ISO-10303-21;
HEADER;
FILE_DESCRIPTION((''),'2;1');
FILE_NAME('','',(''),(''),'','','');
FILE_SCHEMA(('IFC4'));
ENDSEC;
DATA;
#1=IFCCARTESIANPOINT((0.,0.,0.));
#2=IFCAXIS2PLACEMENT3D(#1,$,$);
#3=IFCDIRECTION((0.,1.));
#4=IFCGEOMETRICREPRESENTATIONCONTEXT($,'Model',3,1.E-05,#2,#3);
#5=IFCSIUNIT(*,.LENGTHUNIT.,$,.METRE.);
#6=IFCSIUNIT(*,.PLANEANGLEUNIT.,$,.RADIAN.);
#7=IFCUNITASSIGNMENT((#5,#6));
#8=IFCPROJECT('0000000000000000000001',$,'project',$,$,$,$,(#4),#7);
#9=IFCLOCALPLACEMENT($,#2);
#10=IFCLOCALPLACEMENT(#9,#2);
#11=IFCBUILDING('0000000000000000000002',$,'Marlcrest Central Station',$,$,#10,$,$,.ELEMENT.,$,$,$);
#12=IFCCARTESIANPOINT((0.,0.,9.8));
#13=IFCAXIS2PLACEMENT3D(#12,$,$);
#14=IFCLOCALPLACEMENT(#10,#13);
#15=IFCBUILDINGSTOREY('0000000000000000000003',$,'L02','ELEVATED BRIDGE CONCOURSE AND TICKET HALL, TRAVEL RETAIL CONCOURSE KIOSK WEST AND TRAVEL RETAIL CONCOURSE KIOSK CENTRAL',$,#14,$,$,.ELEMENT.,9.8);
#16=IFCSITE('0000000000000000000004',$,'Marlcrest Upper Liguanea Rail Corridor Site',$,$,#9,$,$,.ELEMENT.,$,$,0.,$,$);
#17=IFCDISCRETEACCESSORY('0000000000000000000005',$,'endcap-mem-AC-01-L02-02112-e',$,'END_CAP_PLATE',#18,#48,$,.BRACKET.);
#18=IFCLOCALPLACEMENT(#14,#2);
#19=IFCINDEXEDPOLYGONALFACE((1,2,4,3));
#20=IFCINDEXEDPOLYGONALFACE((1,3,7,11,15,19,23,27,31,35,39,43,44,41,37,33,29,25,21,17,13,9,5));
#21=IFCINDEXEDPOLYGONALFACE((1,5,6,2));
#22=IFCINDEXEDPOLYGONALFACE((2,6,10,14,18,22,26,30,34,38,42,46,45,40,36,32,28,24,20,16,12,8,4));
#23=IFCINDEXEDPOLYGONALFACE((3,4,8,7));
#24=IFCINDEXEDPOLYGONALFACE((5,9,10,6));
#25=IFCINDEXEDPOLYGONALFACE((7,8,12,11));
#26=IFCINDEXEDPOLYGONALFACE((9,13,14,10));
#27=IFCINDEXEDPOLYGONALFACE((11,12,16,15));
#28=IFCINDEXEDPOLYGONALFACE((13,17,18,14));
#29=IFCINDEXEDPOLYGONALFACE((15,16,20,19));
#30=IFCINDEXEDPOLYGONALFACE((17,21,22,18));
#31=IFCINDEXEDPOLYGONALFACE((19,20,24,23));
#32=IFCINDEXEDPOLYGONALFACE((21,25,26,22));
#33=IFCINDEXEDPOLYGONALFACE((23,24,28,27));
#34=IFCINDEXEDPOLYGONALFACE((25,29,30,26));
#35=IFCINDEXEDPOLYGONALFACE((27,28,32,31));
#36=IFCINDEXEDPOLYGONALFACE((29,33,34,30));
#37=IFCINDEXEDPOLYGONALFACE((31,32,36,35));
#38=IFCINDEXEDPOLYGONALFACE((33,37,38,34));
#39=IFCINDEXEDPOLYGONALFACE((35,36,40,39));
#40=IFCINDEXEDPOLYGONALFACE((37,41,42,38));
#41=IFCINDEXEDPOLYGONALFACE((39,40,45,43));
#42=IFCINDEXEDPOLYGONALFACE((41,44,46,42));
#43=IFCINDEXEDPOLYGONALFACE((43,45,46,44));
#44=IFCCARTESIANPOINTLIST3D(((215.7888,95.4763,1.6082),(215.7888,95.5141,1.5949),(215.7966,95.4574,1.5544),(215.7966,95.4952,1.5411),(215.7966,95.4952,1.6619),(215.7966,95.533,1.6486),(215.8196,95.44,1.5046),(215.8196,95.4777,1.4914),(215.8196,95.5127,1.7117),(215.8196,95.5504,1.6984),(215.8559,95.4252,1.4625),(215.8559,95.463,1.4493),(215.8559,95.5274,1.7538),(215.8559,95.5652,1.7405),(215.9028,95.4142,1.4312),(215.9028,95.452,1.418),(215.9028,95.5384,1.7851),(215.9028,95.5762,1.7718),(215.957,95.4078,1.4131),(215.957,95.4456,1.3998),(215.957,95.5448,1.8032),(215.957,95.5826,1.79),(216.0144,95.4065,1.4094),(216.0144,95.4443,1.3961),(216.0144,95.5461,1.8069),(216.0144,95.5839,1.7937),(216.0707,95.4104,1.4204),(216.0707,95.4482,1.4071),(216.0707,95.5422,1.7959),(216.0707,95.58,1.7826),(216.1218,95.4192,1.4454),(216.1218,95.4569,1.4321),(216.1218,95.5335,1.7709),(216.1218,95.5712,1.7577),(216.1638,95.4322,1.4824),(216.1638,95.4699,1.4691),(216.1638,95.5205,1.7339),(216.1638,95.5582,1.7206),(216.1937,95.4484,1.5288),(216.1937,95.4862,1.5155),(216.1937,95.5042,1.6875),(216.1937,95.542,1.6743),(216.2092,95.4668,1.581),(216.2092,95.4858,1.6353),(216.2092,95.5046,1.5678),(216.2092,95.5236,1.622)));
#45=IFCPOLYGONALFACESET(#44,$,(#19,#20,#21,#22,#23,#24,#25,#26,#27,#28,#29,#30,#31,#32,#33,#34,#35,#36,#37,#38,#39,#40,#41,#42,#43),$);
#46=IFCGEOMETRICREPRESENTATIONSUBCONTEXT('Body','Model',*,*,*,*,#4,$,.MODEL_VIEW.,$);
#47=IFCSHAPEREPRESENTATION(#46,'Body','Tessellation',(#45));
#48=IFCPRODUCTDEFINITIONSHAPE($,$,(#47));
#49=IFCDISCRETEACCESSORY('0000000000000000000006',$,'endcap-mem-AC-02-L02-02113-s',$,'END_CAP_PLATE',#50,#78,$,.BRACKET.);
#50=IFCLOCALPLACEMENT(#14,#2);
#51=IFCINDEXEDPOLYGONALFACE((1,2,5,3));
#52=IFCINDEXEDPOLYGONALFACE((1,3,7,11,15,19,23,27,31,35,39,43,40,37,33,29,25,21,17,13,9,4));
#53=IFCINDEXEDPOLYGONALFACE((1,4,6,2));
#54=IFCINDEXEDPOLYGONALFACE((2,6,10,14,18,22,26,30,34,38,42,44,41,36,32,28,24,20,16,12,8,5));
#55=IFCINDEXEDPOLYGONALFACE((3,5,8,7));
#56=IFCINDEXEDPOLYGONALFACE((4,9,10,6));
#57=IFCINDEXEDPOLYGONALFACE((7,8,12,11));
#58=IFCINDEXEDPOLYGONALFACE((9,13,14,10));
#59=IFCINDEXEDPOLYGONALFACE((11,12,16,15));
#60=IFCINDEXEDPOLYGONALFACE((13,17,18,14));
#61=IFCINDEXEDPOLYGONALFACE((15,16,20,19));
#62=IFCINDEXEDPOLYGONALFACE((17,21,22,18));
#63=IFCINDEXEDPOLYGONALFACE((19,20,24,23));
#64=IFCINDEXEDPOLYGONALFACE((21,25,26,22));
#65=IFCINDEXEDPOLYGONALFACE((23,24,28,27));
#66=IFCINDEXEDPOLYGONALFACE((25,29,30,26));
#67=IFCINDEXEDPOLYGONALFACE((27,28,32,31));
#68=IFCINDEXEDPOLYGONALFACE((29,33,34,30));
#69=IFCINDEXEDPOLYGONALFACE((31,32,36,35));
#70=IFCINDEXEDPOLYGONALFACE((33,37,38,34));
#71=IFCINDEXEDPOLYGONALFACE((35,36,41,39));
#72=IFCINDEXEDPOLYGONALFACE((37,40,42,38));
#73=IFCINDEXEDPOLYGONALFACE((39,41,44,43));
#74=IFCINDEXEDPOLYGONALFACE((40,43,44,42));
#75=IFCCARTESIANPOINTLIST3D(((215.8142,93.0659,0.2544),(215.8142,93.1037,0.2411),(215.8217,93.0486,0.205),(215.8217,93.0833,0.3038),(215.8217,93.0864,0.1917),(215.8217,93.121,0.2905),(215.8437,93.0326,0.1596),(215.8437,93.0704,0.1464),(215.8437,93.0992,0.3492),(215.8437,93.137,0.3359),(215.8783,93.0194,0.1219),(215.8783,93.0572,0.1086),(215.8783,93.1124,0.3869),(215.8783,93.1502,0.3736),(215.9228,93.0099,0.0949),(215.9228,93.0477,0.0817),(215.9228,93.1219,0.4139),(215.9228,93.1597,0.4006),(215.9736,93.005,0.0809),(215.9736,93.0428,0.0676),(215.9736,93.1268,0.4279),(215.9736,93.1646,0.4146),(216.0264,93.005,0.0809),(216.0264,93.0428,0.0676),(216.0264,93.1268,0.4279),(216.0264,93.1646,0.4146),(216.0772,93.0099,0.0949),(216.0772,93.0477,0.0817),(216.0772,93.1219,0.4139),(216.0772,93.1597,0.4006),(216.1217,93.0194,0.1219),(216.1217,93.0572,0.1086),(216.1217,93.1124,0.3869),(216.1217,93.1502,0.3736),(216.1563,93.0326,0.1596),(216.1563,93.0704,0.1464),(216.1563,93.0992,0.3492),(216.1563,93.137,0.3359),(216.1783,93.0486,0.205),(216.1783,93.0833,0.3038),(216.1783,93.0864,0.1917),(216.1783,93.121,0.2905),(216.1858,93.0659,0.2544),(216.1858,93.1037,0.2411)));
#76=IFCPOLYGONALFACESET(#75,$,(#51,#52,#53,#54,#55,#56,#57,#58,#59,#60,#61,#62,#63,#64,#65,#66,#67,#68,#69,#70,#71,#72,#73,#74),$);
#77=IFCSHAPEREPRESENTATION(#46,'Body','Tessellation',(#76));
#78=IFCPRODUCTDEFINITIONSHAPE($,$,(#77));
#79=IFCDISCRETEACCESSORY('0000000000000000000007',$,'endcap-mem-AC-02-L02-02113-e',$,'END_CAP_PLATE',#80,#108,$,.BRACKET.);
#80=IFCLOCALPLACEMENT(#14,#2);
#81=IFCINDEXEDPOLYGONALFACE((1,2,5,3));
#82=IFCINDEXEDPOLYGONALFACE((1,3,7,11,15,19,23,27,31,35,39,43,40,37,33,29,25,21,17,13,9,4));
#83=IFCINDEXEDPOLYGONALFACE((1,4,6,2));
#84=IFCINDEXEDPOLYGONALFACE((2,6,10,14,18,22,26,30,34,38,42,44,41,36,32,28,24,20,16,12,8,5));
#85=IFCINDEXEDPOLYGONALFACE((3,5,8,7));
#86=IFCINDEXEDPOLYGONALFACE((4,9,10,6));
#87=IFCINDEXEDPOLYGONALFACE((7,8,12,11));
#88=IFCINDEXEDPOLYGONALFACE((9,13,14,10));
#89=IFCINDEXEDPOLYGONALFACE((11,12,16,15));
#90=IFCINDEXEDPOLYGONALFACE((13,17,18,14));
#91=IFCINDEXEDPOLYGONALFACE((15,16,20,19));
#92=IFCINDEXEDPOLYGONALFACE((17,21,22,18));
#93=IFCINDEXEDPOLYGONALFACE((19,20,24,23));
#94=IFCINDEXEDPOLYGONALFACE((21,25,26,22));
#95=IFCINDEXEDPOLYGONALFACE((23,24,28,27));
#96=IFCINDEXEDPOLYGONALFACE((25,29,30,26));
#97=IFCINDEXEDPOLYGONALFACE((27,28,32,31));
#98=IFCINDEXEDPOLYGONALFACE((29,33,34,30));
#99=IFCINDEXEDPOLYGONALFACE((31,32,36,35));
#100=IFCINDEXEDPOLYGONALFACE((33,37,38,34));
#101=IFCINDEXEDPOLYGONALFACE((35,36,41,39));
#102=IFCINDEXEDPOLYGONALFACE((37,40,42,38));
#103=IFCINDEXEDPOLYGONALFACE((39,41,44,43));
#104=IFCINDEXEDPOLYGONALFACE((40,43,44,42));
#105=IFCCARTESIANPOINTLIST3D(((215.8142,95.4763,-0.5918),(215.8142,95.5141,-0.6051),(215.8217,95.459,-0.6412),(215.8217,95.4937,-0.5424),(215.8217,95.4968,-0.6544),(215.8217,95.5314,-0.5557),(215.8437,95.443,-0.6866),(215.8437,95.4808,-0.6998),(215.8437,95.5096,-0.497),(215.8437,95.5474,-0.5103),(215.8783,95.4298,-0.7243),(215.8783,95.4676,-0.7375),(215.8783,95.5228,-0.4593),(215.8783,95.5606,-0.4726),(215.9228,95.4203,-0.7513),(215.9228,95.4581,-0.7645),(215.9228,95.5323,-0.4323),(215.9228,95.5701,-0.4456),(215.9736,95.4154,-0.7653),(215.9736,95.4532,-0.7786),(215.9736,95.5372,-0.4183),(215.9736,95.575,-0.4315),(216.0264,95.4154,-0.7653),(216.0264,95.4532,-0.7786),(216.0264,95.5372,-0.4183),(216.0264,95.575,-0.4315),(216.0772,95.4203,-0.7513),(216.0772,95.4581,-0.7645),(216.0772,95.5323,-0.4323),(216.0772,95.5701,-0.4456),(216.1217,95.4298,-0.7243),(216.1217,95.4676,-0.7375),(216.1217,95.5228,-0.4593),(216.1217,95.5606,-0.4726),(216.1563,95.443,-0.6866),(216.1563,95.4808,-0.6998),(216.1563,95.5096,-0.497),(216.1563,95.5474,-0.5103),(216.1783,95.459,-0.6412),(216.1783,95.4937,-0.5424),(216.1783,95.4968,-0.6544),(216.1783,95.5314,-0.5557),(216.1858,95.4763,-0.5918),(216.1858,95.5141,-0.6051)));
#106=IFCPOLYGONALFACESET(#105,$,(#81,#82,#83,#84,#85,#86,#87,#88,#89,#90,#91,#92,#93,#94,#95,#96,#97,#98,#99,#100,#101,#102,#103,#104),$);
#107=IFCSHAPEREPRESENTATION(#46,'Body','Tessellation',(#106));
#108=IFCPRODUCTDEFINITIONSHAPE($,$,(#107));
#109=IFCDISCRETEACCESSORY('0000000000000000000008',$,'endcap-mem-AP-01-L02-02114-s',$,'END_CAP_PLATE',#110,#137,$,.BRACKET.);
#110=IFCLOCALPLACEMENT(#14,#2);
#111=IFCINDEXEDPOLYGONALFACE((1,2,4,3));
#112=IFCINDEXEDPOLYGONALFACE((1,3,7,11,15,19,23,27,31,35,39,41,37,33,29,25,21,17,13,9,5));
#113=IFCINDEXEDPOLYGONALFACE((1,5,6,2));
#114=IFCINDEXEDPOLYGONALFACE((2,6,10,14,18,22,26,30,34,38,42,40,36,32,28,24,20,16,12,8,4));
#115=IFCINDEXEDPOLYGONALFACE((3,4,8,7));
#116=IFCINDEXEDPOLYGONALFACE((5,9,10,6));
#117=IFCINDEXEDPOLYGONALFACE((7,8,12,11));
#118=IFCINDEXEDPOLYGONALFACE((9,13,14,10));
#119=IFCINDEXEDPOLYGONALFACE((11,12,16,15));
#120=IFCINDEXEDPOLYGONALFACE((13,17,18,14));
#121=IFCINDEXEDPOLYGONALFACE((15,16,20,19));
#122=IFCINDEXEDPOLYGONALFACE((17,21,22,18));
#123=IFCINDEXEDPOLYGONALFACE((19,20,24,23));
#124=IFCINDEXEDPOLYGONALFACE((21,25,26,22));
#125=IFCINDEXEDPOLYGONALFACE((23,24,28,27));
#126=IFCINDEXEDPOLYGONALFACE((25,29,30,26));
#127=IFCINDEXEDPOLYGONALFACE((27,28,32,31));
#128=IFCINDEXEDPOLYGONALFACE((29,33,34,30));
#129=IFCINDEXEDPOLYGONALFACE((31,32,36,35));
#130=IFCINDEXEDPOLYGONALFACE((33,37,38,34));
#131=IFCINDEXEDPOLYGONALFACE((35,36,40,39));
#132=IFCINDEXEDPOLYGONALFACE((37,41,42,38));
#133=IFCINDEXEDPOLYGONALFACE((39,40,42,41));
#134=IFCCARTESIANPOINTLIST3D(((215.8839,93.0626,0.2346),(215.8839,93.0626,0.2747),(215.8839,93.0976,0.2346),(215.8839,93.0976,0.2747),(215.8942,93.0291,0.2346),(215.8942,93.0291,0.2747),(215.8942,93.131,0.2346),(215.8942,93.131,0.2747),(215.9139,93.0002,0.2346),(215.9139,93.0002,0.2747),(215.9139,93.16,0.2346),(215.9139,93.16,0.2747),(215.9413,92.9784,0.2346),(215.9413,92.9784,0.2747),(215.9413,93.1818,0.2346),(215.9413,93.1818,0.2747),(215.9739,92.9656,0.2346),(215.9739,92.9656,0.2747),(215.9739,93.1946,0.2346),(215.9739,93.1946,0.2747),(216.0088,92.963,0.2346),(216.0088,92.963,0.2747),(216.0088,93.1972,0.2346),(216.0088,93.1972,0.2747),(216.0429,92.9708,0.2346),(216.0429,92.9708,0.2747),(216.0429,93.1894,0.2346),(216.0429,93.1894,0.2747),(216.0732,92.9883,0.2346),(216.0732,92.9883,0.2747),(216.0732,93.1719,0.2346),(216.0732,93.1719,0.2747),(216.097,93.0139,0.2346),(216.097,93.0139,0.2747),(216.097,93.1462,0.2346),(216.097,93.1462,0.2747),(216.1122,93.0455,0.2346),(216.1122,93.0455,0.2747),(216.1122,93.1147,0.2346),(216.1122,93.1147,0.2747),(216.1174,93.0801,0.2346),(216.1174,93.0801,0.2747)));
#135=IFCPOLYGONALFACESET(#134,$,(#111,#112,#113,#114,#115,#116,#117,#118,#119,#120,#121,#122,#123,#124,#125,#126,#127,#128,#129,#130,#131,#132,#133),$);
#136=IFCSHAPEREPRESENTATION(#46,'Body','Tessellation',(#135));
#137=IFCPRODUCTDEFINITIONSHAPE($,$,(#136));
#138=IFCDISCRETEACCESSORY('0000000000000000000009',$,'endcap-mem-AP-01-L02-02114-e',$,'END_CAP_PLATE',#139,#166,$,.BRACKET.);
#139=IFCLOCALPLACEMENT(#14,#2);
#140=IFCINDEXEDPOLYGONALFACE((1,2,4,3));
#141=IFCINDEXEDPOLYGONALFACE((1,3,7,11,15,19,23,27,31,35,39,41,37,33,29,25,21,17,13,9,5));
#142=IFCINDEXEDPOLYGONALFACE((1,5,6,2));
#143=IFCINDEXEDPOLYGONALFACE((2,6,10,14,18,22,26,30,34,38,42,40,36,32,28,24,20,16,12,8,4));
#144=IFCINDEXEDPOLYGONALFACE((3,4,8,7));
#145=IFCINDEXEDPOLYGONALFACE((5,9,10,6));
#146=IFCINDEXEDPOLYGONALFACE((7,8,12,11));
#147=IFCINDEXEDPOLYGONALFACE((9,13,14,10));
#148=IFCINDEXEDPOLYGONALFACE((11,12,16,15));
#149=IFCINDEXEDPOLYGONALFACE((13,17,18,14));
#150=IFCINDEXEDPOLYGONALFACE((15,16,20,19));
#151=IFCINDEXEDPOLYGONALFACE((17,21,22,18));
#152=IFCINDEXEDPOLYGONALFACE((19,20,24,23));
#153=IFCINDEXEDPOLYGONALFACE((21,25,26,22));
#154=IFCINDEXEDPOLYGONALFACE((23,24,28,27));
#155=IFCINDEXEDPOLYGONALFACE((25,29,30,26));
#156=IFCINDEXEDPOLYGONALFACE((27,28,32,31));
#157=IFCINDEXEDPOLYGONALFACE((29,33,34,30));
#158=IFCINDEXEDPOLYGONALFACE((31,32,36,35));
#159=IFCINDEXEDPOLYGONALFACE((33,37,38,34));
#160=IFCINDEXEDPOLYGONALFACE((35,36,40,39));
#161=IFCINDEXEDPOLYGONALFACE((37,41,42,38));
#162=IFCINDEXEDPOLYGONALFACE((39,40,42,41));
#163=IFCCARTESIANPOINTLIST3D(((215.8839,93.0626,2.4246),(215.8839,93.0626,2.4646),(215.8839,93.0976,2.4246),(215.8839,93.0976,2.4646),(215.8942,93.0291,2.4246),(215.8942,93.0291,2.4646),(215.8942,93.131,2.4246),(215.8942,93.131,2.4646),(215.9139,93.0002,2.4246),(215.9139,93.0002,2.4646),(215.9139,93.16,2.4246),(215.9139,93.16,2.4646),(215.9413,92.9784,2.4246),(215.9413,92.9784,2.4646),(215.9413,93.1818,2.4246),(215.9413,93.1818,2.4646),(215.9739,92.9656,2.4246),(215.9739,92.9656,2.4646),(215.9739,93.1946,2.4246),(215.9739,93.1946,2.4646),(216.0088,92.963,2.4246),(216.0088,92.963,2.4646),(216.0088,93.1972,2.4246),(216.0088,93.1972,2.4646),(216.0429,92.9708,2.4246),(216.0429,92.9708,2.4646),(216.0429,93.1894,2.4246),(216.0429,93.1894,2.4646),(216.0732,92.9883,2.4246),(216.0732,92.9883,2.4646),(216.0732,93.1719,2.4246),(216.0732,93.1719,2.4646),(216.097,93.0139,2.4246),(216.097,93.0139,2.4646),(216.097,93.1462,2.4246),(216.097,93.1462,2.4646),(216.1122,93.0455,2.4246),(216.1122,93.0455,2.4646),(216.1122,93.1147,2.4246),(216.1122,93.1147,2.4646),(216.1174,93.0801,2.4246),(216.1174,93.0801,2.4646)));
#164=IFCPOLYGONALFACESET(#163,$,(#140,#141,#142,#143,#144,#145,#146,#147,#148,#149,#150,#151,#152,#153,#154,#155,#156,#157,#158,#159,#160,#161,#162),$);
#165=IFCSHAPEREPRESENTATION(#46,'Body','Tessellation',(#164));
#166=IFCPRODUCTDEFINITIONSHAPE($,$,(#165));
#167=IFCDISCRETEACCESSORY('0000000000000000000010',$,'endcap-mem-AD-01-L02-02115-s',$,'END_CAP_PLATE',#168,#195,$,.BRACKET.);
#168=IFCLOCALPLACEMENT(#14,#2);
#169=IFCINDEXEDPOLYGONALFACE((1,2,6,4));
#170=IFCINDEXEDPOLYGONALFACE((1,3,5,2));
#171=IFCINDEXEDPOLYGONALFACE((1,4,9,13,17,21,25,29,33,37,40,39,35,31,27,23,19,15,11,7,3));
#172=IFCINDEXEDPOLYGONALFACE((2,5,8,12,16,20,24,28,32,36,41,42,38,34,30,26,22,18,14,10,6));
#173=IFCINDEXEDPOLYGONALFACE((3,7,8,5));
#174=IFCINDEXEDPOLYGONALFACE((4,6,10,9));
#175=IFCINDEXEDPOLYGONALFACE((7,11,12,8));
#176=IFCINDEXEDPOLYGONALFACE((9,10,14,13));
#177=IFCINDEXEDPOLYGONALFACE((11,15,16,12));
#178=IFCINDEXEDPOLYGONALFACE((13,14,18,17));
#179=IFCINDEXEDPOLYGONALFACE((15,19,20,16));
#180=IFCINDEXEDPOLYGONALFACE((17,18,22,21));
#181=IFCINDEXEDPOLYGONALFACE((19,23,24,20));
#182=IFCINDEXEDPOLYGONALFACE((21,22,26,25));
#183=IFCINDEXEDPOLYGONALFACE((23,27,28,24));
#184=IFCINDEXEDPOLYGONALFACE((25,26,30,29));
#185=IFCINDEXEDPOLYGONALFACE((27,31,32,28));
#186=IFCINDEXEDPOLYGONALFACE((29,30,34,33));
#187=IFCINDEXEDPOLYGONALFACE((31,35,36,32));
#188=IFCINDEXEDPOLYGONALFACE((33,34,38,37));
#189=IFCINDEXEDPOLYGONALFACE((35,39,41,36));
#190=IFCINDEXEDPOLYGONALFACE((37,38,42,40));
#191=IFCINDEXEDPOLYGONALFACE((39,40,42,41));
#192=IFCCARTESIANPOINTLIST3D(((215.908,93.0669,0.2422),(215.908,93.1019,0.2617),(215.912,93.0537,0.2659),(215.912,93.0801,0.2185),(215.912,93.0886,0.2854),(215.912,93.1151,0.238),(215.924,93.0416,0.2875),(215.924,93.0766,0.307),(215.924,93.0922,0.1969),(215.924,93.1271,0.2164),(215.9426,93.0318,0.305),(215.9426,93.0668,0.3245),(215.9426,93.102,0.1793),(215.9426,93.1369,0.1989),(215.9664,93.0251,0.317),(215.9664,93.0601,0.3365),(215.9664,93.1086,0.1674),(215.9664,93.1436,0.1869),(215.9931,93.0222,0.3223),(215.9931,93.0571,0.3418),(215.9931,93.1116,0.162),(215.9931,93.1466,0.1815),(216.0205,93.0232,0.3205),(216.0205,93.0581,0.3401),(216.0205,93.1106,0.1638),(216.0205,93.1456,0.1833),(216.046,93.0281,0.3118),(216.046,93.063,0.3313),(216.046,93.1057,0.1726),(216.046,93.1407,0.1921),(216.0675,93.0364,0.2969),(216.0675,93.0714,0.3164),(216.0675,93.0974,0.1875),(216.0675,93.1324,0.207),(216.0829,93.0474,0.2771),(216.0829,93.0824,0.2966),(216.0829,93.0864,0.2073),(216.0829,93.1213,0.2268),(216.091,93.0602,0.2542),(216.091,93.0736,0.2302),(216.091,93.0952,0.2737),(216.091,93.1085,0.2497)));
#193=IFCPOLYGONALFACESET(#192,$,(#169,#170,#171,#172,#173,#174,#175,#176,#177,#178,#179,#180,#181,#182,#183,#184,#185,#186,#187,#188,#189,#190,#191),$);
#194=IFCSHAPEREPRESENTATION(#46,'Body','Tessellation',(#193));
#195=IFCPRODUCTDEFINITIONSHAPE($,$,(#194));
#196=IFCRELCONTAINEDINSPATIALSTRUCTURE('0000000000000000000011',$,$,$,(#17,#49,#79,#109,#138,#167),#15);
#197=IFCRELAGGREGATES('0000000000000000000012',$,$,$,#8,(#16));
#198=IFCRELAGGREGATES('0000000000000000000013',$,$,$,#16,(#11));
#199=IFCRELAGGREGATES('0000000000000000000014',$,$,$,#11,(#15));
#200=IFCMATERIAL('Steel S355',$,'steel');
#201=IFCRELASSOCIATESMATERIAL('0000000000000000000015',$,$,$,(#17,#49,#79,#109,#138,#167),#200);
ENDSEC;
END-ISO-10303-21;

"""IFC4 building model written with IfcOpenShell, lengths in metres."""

from ifc_helpers import new_model, si_unit, direction, frame, origin, origin_2d, place, context, subcontext, project, spatial, circle, extrude, material, element, save


model = new_model("IFC4")

# Units and contexts
model_context = context("Model", 3, precision=1e-05, world=origin(), true_north=direction((0.0, 1.0)))
body_context = subcontext(model_context, "Body", "Model", "MODEL_VIEW")
ifc_project = project(units=[si_unit("LENGTHUNIT", "METRE"), si_unit("PLANEANGLEUNIT", "RADIAN")], contexts=[model_context])

# Site, building, storey
site_placement = place(None, origin())
site = spatial("IfcSite", under=ifc_project, at=site_placement, Name="Marlcrest Upper Liguanea Rail Corridor Site", CompositionType="ELEMENT", RefElevation=0.0)
building_placement = place(site_placement, origin())
building = spatial("IfcBuilding", under=site, at=building_placement, Name="Marlcrest Central Station", CompositionType="ELEMENT")
storey_placement = place(building_placement, frame((0.0, 0.0, 9.8)))
storey = spatial("IfcBuildingStorey", under=building, at=storey_placement, Name="L02", Description="ELEVATED BRIDGE CONCOURSE AND TICKET HALL, TRAVEL RETAIL CONCOURSE KIOSK WEST AND TRAVEL RETAIL CONCOURSE KIOSK CENTRAL", CompositionType="ELEMENT", Elevation=9.8)

# Shared definitions
ifc_material = material(Name="Steel S355", Category="steel")

# Discrete accessories
for number, where, z_axis, x_axis, name in (
    (1, (216.0, 95.4763, 1.6082), (0.0, 0.943537, -0.331266), (-1.0, 0.0, 0.0), "endcap-mem-AC-01-L02-02112-e"),
):
    element("IfcDiscreteAccessory", number, at=place(storey_placement, frame(where, z_axis=z_axis, x_axis=x_axis)), inside=storey, material=ifc_material, Name=name, ObjectType="END_CAP_PLATE", PredefinedType="BRACKET", context=body_context, shape_type="SweptSolid", body=[
        extrude(circle(Radius=0.2112, at=origin_2d()), origin(), (0.0, 0.0, 1.0), 0.04),
    ])
for number, where, z_axis, x_axis, name in (
    (2, (216.0, 93.0659, 0.2544), (0.0, 0.943537, -0.331266), (-1.0, 0.0, 0.0), "endcap-mem-AC-02-L02-02113-s"),
    (3, (216.0, 95.4763, -0.5918), (0.0, 0.943537, -0.331266), (-1.0, 0.0, 0.0), "endcap-mem-AC-02-L02-02113-e"),
):
    element("IfcDiscreteAccessory", number, at=place(storey_placement, frame(where, z_axis=z_axis, x_axis=x_axis)), inside=storey, material=ifc_material, Name=name, ObjectType="END_CAP_PLATE", PredefinedType="BRACKET", context=body_context, shape_type="SweptSolid", body=[
        extrude(circle(Radius=0.1858, at=origin_2d()), origin(), (0.0, 0.0, 1.0), 0.04),
    ])
for number, where, z_axis, x_axis, name in (
    (4, (216.0, 93.0801, 0.2346), (0.0, 0.0, 1.0), (1.0, 0.0, 0.0), "endcap-mem-AP-01-L02-02114-s"),
    (5, (216.0, 93.0801, 2.4246), (0.0, 0.0, 1.0), (1.0, 0.0, 0.0), "endcap-mem-AP-01-L02-02114-e"),
):
    element("IfcDiscreteAccessory", number, at=place(storey_placement, frame(where, z_axis=z_axis, x_axis=x_axis)), inside=storey, material=ifc_material, Name=name, ObjectType="END_CAP_PLATE", PredefinedType="BRACKET", context=body_context, shape_type="SweptSolid", body=[
        extrude(circle(Radius=0.1174, at=origin_2d()), origin(), (0.0, 0.0, 1.0), 0.04),
    ])
for number, where, z_axis, x_axis, name in (
    (6, (216.0, 93.0669, 0.2422), (0.0, 0.873246, 0.48728), (-1.0, 0.0, 0.0), "endcap-mem-AD-01-L02-02115-s"),
):
    element("IfcDiscreteAccessory", number, at=place(storey_placement, frame(where, z_axis=z_axis, x_axis=x_axis)), inside=storey, material=ifc_material, Name=name, ObjectType="END_CAP_PLATE", PredefinedType="BRACKET", context=body_context, shape_type="SweptSolid", body=[
        extrude(circle(Radius=0.092, at=origin_2d()), origin(), (0.0, 0.0, 1.0), 0.04),
    ])

save(model, "model.ifc")
